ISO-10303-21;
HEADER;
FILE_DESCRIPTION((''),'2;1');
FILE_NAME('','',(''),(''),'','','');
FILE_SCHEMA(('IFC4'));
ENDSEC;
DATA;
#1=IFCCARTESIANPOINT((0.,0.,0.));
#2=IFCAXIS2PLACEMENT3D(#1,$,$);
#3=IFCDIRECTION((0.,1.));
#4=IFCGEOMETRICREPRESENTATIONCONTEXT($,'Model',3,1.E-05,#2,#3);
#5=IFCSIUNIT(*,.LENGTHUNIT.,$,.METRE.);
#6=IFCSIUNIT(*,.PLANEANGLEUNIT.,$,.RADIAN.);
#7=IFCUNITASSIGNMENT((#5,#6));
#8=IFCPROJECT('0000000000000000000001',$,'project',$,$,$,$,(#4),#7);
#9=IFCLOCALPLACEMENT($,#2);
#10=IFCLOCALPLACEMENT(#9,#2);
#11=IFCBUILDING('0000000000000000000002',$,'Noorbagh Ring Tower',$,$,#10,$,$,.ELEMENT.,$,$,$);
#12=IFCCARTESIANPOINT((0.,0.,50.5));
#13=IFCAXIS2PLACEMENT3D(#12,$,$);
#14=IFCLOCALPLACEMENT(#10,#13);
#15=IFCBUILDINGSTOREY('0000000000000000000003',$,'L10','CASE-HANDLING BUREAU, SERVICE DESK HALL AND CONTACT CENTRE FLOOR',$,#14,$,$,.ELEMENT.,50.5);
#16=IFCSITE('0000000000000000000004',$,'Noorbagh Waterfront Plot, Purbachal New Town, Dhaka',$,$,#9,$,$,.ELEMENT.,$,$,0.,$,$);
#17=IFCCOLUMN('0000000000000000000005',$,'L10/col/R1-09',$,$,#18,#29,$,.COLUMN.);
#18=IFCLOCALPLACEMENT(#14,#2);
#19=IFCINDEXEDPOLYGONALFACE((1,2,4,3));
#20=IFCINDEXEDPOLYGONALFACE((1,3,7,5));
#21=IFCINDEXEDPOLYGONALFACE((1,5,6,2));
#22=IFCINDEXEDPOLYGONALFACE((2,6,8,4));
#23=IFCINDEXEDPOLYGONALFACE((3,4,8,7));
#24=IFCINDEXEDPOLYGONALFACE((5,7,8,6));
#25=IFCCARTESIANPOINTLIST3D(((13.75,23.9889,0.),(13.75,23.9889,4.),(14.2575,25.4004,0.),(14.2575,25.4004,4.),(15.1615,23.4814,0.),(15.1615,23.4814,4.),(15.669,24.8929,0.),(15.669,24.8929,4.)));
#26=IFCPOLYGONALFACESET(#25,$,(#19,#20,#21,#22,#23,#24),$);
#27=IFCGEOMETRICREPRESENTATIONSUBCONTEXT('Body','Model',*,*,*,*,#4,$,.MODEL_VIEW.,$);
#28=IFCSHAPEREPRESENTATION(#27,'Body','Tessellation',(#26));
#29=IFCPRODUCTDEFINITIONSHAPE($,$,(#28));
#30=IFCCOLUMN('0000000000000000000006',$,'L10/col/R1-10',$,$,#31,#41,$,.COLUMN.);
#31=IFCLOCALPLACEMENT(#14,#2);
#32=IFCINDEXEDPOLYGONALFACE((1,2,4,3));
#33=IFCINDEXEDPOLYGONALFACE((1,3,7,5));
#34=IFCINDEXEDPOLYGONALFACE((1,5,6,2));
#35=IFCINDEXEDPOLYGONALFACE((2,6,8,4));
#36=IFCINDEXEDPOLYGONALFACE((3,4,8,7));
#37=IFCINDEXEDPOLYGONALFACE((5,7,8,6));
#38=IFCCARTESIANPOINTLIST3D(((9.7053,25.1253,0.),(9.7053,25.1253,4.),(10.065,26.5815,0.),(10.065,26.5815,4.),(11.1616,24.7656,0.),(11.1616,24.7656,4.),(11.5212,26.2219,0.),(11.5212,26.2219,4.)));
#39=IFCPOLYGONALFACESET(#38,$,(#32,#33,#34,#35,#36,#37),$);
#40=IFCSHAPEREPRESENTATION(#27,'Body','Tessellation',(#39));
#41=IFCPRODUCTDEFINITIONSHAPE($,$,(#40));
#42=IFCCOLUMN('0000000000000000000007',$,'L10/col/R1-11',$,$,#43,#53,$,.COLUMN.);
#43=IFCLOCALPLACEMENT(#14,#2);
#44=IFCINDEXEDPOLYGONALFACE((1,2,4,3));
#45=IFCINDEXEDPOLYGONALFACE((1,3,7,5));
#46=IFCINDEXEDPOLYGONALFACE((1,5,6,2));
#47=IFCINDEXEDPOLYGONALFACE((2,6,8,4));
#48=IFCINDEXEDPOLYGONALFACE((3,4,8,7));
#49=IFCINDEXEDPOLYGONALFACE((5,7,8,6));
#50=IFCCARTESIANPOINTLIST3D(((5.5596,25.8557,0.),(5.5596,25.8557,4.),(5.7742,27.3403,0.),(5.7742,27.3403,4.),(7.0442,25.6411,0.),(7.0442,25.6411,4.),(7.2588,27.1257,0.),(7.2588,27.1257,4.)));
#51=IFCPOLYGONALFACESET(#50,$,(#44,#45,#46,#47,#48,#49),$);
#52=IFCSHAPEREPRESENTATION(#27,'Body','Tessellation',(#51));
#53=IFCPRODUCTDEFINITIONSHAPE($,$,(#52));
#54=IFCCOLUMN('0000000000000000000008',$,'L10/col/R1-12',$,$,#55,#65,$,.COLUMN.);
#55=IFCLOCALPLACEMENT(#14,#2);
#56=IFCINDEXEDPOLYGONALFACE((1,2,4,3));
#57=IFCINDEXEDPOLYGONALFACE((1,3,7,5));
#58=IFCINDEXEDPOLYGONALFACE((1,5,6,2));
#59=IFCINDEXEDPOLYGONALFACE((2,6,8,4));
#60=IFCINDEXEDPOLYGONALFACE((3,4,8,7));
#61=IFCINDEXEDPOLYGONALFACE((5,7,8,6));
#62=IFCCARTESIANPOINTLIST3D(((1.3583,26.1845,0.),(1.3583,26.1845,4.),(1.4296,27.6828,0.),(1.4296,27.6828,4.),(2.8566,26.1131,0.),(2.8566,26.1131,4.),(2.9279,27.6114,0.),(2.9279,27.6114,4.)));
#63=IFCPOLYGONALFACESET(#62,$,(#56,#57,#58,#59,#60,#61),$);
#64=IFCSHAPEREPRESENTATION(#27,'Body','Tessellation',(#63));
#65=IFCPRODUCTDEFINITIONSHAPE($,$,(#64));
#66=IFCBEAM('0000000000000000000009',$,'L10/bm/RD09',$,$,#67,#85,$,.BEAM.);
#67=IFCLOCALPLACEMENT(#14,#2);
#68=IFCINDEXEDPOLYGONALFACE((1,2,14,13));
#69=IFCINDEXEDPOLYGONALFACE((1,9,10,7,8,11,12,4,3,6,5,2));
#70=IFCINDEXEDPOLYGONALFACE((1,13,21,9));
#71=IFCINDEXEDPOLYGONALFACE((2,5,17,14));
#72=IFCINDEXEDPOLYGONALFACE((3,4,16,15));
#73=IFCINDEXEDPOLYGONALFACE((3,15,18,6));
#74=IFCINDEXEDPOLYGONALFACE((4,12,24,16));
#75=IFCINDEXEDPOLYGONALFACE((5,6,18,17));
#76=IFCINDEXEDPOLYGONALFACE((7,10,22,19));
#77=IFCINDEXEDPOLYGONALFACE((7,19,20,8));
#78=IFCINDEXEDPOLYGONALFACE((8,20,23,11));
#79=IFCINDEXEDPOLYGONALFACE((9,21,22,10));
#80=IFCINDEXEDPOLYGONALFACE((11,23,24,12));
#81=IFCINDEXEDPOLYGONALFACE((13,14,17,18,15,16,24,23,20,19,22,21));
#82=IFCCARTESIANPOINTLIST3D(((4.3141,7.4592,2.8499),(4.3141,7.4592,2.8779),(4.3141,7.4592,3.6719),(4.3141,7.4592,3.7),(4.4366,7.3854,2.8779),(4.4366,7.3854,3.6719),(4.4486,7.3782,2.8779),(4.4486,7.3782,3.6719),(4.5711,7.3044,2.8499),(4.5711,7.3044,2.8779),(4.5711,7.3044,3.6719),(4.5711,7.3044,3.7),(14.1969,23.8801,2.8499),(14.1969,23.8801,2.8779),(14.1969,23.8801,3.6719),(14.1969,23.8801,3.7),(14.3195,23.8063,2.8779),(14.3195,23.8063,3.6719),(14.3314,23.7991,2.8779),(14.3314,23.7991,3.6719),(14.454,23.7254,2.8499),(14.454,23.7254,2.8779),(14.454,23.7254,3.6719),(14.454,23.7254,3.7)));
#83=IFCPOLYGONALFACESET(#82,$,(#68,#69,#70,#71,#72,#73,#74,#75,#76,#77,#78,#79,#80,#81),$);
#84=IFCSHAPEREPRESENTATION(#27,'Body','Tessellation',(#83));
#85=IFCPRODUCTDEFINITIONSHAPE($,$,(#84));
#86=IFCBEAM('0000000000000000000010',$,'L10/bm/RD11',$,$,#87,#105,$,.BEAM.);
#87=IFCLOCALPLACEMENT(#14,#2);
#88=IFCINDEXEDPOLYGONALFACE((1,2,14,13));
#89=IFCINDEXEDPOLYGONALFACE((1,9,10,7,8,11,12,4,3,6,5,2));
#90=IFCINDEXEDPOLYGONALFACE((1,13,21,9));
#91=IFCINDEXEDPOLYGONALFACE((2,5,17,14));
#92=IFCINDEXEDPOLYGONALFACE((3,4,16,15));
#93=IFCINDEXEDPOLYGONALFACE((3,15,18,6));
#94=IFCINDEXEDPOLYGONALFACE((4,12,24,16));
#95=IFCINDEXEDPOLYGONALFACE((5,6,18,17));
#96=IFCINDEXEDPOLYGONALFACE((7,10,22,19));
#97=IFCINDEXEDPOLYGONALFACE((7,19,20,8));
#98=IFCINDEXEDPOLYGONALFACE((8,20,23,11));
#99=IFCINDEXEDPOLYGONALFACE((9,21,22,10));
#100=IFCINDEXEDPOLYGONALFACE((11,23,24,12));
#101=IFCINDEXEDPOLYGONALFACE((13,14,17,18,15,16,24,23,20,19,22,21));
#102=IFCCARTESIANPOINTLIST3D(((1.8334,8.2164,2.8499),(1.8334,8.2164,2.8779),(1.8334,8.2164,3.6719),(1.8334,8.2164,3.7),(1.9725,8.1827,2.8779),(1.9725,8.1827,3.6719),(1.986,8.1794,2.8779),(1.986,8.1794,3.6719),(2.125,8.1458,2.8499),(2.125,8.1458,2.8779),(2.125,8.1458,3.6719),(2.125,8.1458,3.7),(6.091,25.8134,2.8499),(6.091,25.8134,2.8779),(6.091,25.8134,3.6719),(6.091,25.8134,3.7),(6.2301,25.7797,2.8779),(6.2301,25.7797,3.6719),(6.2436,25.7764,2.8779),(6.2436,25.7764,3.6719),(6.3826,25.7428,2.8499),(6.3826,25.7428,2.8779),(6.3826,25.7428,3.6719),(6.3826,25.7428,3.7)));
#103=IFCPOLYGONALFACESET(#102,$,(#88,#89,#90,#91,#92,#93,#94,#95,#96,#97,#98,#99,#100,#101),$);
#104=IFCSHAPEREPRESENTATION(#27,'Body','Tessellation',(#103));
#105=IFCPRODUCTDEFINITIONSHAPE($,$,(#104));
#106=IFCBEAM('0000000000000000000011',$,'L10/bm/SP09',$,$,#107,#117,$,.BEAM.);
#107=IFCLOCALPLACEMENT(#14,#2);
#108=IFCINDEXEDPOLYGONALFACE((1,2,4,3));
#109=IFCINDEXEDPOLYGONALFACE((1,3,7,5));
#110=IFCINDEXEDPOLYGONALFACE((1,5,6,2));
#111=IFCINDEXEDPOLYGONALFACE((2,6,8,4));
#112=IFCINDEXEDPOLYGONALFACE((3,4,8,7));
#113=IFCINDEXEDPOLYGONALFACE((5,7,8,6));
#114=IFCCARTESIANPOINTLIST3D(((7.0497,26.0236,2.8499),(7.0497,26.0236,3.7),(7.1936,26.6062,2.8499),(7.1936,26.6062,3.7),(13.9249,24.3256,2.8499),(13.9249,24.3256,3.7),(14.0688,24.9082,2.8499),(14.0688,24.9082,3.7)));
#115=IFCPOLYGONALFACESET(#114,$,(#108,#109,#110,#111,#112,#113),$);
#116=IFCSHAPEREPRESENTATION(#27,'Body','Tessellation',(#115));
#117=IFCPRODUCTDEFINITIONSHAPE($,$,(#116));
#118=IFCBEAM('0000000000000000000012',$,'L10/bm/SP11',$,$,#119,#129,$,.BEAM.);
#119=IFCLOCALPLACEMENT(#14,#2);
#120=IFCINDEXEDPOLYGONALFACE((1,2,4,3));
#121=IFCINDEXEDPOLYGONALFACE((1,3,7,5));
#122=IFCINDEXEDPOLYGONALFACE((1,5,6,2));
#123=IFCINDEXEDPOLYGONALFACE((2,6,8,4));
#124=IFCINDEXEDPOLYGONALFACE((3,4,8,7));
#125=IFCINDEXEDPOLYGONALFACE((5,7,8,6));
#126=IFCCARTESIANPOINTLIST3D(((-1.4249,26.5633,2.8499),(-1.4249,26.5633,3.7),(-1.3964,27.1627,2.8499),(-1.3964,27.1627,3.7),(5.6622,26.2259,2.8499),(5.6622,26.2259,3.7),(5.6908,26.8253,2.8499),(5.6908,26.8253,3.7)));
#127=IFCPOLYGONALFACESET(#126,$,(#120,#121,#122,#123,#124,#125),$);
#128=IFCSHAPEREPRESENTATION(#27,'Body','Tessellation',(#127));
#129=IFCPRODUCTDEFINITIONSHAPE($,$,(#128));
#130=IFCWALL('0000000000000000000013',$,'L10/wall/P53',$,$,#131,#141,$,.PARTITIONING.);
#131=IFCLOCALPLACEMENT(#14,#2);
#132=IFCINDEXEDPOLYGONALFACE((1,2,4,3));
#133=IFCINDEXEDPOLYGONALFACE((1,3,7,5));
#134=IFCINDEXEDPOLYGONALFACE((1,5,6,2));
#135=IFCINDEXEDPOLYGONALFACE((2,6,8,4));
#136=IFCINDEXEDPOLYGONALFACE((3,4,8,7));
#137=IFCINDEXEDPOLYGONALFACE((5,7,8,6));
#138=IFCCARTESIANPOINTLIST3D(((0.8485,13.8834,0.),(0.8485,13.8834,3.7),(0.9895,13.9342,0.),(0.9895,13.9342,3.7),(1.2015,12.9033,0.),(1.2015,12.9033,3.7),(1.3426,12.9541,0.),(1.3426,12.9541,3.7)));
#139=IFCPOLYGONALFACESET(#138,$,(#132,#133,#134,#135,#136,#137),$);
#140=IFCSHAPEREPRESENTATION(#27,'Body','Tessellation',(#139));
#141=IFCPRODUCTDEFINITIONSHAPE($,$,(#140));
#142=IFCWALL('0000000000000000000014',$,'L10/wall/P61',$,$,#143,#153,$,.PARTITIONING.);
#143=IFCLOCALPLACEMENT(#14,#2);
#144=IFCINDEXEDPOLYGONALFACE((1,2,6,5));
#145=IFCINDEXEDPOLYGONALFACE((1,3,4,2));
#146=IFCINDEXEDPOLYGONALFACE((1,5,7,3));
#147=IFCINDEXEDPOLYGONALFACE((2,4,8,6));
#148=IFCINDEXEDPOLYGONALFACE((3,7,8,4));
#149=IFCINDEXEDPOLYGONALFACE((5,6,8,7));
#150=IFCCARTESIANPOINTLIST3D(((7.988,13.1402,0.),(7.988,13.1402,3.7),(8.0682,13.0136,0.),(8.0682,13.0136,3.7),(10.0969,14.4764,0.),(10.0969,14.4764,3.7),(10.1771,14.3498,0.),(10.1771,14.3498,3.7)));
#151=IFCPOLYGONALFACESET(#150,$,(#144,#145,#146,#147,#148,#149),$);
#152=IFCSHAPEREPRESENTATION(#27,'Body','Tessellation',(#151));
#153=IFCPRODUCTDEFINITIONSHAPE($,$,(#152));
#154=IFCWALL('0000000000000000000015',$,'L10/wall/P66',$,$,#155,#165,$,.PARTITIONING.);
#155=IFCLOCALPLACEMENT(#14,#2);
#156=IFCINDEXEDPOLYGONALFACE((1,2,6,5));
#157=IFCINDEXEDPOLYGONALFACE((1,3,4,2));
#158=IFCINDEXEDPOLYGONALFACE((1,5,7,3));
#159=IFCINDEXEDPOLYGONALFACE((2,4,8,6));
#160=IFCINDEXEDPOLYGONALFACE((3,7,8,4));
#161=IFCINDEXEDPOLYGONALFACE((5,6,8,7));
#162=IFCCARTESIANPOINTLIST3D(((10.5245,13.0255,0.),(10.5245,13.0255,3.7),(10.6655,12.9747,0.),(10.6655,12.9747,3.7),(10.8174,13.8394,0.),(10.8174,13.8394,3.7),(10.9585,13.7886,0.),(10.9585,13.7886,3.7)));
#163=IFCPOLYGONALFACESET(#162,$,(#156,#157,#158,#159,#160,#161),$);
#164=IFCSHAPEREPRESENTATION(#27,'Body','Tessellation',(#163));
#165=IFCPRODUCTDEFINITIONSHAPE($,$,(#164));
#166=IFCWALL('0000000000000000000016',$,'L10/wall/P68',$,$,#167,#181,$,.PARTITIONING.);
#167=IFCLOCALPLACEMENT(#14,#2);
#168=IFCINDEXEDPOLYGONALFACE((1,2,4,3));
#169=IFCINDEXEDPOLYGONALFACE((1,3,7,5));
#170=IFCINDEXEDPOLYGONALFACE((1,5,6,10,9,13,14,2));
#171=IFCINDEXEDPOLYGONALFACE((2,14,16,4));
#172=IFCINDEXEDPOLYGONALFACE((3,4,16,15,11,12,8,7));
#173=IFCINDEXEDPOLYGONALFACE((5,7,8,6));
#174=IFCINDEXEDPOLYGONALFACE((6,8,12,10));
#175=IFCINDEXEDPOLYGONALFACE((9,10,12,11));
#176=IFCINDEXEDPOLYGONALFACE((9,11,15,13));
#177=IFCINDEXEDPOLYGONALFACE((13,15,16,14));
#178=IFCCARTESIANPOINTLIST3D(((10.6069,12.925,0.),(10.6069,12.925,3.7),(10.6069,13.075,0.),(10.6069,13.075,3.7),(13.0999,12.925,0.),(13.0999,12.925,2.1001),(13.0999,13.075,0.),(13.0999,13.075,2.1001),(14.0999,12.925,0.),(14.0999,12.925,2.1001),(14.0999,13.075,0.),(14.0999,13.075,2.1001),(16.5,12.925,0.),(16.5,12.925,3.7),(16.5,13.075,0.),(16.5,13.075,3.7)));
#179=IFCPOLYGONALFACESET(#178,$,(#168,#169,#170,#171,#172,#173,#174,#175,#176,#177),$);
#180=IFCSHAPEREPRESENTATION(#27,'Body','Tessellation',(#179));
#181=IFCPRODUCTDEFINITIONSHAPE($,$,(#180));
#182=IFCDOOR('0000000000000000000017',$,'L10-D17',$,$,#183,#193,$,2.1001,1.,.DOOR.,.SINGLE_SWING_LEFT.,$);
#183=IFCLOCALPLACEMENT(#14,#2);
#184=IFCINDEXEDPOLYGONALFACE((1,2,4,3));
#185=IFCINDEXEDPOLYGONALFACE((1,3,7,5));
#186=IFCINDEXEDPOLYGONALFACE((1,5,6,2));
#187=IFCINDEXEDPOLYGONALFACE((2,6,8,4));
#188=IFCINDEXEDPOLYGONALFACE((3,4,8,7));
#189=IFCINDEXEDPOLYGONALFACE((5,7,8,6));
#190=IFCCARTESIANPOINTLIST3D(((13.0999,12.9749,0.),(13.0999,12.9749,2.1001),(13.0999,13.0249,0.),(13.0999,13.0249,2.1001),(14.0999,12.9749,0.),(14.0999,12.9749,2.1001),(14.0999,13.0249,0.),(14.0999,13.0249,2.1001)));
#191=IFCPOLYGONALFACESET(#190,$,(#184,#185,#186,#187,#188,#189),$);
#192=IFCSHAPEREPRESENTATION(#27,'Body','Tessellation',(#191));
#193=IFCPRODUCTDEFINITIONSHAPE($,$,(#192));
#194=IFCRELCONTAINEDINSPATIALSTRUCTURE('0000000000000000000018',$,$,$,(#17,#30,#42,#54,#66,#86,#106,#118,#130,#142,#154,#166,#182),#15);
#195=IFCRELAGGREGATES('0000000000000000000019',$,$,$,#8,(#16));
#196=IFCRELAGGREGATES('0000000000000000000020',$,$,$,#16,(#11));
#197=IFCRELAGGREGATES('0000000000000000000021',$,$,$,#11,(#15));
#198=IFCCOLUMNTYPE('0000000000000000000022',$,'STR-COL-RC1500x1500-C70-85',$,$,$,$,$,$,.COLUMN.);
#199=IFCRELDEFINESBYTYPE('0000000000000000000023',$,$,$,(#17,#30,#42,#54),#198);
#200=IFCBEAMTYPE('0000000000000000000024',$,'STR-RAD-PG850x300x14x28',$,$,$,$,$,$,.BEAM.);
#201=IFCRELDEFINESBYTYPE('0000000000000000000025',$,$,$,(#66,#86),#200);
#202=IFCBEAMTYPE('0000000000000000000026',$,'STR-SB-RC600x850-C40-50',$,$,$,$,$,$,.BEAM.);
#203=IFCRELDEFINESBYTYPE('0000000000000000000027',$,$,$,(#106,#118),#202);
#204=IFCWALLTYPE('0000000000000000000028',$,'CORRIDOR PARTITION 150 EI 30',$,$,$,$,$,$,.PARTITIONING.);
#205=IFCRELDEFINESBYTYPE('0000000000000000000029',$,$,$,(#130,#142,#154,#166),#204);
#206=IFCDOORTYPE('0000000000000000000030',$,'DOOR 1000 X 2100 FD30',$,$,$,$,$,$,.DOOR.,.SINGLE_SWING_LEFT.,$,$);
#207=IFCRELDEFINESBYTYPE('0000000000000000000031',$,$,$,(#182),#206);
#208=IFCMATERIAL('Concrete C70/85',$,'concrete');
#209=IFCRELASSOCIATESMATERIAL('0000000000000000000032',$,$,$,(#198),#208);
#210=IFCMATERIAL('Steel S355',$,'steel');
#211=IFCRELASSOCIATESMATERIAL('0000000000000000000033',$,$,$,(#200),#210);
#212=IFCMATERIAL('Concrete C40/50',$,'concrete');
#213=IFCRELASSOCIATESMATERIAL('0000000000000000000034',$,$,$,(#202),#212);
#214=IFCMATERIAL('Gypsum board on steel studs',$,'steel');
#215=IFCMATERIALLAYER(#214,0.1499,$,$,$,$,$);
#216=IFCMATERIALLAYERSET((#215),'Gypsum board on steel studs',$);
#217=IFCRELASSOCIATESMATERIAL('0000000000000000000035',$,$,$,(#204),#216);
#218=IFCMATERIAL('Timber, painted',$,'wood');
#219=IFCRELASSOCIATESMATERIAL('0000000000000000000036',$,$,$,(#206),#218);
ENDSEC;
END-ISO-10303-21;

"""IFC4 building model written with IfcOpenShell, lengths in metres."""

from ifc_helpers import new_model, si_unit, direction, frame, frame_2d, origin, origin_2d, place, context, subcontext, project, spatial, rectangle, i_section, extrude, material, layer, layer_set, material_profile, profile_set, type_object, element, fill, save


model = new_model("IFC4")

# Units and contexts
model_context = context("Model", 3, precision=1e-05, world=origin(), true_north=direction((0.0, 1.0)))
body_context = subcontext(model_context, "Body", "Model", "MODEL_VIEW")
ifc_project = project(units=[si_unit("LENGTHUNIT", "METRE"), si_unit("PLANEANGLEUNIT", "RADIAN")], contexts=[model_context])

# Site, building, storey
site_placement = place(None, origin())
site = spatial("IfcSite", under=ifc_project, at=site_placement, Name="Noorbagh Waterfront Plot, Purbachal New Town, Dhaka", CompositionType="ELEMENT", RefElevation=0.0)
building_placement = place(site_placement, origin())
building = spatial("IfcBuilding", under=site, at=building_placement, Name="Noorbagh Ring Tower", CompositionType="ELEMENT")
storey_placement = place(building_placement, frame((0.0, 0.0, 50.5)))
storey = spatial("IfcBuildingStorey", under=building, at=storey_placement, Name="L10", Description="CASE-HANDLING BUREAU, SERVICE DESK HALL AND CONTACT CENTRE FLOOR", CompositionType="ELEMENT", Elevation=50.5)

# Columns
ifc_material_1 = material(Name="Concrete C70/85", Category="concrete")
ifc_material_profile_1 = material_profile(ifc_material_1, rectangle(XDim=1.5, YDim=1.5, at=origin_2d()), Name="RC1500x1500")
ifc_profile_set_1 = profile_set([ifc_material_profile_1], Name="Concrete C70/85")
column_type = type_object("IfcColumnType", Name="STR-COL-RC1500x1500-C70-85", PredefinedType="COLUMN", material=ifc_profile_set_1)
for number, where, z_axis, x_axis, name in (
    (1, (14.7095, 24.4409, 0.0), (0.0, 0.0, 1.0), (-0.941025, 0.338338, 0.0), "L10/col/R1-09"),
    (2, (10.6133, 25.6736, 0.0), (0.0, 0.0, 1.0), (-0.970829, 0.239771, 0.0), "L10/col/R1-10"),
    (3, (6.4092, 26.4907, 0.0), (0.0, 0.0, 1.0), (-0.989713, 0.143066, 0.0), "L10/col/R1-11"),
    (4, (2.1431, 26.8979, 0.0), (0.0, 0.0, 1.0), (-0.998869, 0.047553, 0.0), "L10/col/R1-12"),
):
    element("IfcColumn", number, at=place(storey_placement, frame(where, z_axis=z_axis, x_axis=x_axis)), inside=storey, type_object=column_type, Name=name, PredefinedType="COLUMN", context=body_context, shape_type="SweptSolid", body=[
        extrude(rectangle(XDim=1.5, YDim=1.5, at=origin_2d()), origin(), (0.0, 0.0, 1.0), 4.0),
    ])

# Beams
ifc_material_2 = material(Name="Steel S355", Category="steel")
ifc_material_profile_2 = material_profile(ifc_material_2, i_section(OverallWidth=0.3, OverallDepth=0.8501, WebThickness=0.0139, FlangeThickness=0.0281, at=origin_2d()), Name="PG850x300x14x28")
ifc_profile_set_2 = profile_set([ifc_material_profile_2], Name="Steel S355")
beam_type_1 = type_object("IfcBeamType", Name="STR-RAD-PG850x300x14x28", PredefinedType="BEAM", material=ifc_profile_set_2)
beam_1_placement = place(storey_placement, frame((14.3254, 23.8027, 3.2749), z_axis=(-0.515657, -0.856795, 0.0), x_axis=(0.856795, -0.515657, 0.0)))
element("IfcBeam", 5, at=beam_1_placement, inside=storey, type_object=beam_type_1, Name="L10/bm/RD09", PredefinedType="BEAM", context=body_context, shape_type="SweptSolid", body=[
    extrude(i_section(OverallWidth=0.3, OverallDepth=0.8501, WebThickness=0.0139, FlangeThickness=0.0281, at=origin_2d()), origin(), (0.0, 0.0, 1.0), 19.1655),
])
beam_2_placement = place(storey_placement, frame((6.2368, 25.7781, 3.2749), z_axis=(-0.235164, -0.971956, 0.0), x_axis=(0.971956, -0.235164, 0.0)))
element("IfcBeam", 6, at=beam_2_placement, inside=storey, type_object=beam_type_1, Name="L10/bm/RD11", PredefinedType="BEAM", context=body_context, shape_type="SweptSolid", body=[
    extrude(i_section(OverallWidth=0.3, OverallDepth=0.8501, WebThickness=0.0139, FlangeThickness=0.0281, at=origin_2d()), origin(), (0.0, 0.0, 1.0), 18.1047),
])
ifc_material_3 = material(Name="Concrete C40/50", Category="concrete")
ifc_material_profile_3 = material_profile(ifc_material_3, rectangle(XDim=0.6001, YDim=0.8501, at=origin_2d()), Name="RC600x850")
ifc_profile_set_3 = profile_set([ifc_material_profile_3], Name="Concrete C40/50")
beam_type_2 = type_object("IfcBeamType", Name="STR-SB-RC600x850-C40-50", PredefinedType="BEAM", material=ifc_profile_set_3)
beam_3_placement = place(storey_placement, frame((13.9968, 24.6169, 3.2749), z_axis=(-0.97083, 0.239769, 0.0), x_axis=(-0.239769, -0.97083, 0.0)))
element("IfcBeam", 7, at=beam_3_placement, inside=storey, type_object=beam_type_2, Name="L10/bm/SP09", PredefinedType="BEAM", context=body_context, shape_type="SweptSolid", body=[
    extrude(rectangle(XDim=0.6001, YDim=0.8501, at=origin_2d()), origin(), (0.0, 0.0, 1.0), 7.0818),
])
beam_4_placement = place(storey_placement, frame((5.6765, 26.5256, 3.2749), z_axis=(-0.998869, 0.047554, 0.0), x_axis=(-0.047554, -0.998869, 0.0)))
element("IfcBeam", 8, at=beam_4_placement, inside=storey, type_object=beam_type_2, Name="L10/bm/SP11", PredefinedType="BEAM", context=body_context, shape_type="SweptSolid", body=[
    extrude(rectangle(XDim=0.6001, YDim=0.8501, at=origin_2d()), origin(), (0.0, 0.0, 1.0), 7.0952),
])

# Walls
ifc_material_4 = material(Name="Gypsum board on steel studs", Category="steel")
ifc_layer_1 = layer(ifc_material_4, 0.1499)
ifc_layer_set_1 = layer_set([ifc_layer_1], Name="Gypsum board on steel studs")
wall_type_1 = type_object("IfcWallType", Name="CORRIDOR PARTITION 150 EI 30", PredefinedType="PARTITIONING", material=ifc_layer_set_1)
wall_1_placement = place(storey_placement, frame((0.9189, 13.9089, 0.0), z_axis=(0.0, 0.0, 1.0), x_axis=(0.338919, -0.940816, 0.0)))
element("IfcWall", 9, at=wall_1_placement, inside=storey, type_object=wall_type_1, Name="L10/wall/P53", PredefinedType="PARTITIONING", context=body_context, shape_type="SweptSolid", body=[
    extrude(rectangle(XDim=1.0417, YDim=0.1499, at=frame_2d((0.521, 0.0))), origin(), (0.0, 0.0, 1.0), 3.7),
])
wall_2_placement = place(storey_placement, frame((8.0281, 13.0769, 0.0), z_axis=(0.0, 0.0, 1.0), x_axis=(0.844719, 0.53521, 0.0)))
element("IfcWall", 10, at=wall_2_placement, inside=storey, type_object=wall_type_1, Name="L10/wall/P61", PredefinedType="PARTITIONING", context=body_context, shape_type="SweptSolid", body=[
    extrude(rectangle(XDim=2.4966, YDim=0.1499, at=frame_2d((1.2483, 0.0))), origin(), (0.0, 0.0, 1.0), 3.7),
])
wall_3_placement = place(storey_placement, frame((10.595, 13.0, 0.0), z_axis=(0.0, 0.0, 1.0), x_axis=(0.33866, 0.940909, 0.0)))
element("IfcWall", 11, at=wall_3_placement, inside=storey, type_object=wall_type_1, Name="L10/wall/P66", PredefinedType="PARTITIONING", context=body_context, shape_type="SweptSolid", body=[
    extrude(rectangle(XDim=0.865, YDim=0.1499, at=frame_2d((0.4326, 0.0))), origin(), (0.0, 0.0, 1.0), 3.7),
])

# Wall, opening, door
wall_4_placement = place(storey_placement, frame((10.6069, 13.0, 0.0), z_axis=(0.0, 0.0, 1.0), x_axis=(1.0, 0.0, 0.0)))
wall_4 = element("IfcWall", 12, at=wall_4_placement, inside=storey, type_object=wall_type_1, Name="L10/wall/P68", PredefinedType="PARTITIONING", context=body_context, shape_type="SweptSolid", body=[
    extrude(rectangle(XDim=5.8931, YDim=0.1499, at=frame_2d((2.9465, 0.0))), origin(), (0.0, 0.0, 1.0), 3.7),
])
opening_placement = place(wall_4_placement, frame((2.4929, 0.0, 0.0)))
opening = element("IfcOpeningElement", 13, at=opening_placement, cuts=wall_4, PredefinedType="OPENING", context=body_context, shape_type="SweptSolid", body=[
    extrude(rectangle(XDim=1.0, YDim=2.1001, at=frame_2d((0.5, 1.05))), frame((0.0, 0.085, 0.0), z_axis=(0.0, -1.0, 0.0), x_axis=(1.0, 0.0, 0.0)), (0.0, 0.0, 1.0), 0.1699),
])
ifc_material_5 = material(Name="Timber, painted", Category="wood")
door_type = type_object("IfcDoorType", Name="DOOR 1000 X 2100 FD30", OperationType="SINGLE_SWING_LEFT", PredefinedType="DOOR", material=ifc_material_5)
door_placement = place(opening_placement, origin())
door = element("IfcDoor", 14, at=door_placement, inside=storey, type_object=door_type, Name="L10-D17", OperationType="SINGLE_SWING_LEFT", OverallHeight=2.1001, OverallWidth=1.0, PredefinedType="DOOR", context=body_context, shape_type="SweptSolid", body=[
    extrude(rectangle(XDim=1.0, YDim=2.1001, at=frame_2d((0.5, 1.05))), frame((0.0, 0.0249, 0.0), z_axis=(0.0, -1.0, 0.0), x_axis=(1.0, 0.0, 0.0)), (0.0, 0.0, 1.0), 0.05),
])
fill(opening, door)

save(model, "model.ifc")
